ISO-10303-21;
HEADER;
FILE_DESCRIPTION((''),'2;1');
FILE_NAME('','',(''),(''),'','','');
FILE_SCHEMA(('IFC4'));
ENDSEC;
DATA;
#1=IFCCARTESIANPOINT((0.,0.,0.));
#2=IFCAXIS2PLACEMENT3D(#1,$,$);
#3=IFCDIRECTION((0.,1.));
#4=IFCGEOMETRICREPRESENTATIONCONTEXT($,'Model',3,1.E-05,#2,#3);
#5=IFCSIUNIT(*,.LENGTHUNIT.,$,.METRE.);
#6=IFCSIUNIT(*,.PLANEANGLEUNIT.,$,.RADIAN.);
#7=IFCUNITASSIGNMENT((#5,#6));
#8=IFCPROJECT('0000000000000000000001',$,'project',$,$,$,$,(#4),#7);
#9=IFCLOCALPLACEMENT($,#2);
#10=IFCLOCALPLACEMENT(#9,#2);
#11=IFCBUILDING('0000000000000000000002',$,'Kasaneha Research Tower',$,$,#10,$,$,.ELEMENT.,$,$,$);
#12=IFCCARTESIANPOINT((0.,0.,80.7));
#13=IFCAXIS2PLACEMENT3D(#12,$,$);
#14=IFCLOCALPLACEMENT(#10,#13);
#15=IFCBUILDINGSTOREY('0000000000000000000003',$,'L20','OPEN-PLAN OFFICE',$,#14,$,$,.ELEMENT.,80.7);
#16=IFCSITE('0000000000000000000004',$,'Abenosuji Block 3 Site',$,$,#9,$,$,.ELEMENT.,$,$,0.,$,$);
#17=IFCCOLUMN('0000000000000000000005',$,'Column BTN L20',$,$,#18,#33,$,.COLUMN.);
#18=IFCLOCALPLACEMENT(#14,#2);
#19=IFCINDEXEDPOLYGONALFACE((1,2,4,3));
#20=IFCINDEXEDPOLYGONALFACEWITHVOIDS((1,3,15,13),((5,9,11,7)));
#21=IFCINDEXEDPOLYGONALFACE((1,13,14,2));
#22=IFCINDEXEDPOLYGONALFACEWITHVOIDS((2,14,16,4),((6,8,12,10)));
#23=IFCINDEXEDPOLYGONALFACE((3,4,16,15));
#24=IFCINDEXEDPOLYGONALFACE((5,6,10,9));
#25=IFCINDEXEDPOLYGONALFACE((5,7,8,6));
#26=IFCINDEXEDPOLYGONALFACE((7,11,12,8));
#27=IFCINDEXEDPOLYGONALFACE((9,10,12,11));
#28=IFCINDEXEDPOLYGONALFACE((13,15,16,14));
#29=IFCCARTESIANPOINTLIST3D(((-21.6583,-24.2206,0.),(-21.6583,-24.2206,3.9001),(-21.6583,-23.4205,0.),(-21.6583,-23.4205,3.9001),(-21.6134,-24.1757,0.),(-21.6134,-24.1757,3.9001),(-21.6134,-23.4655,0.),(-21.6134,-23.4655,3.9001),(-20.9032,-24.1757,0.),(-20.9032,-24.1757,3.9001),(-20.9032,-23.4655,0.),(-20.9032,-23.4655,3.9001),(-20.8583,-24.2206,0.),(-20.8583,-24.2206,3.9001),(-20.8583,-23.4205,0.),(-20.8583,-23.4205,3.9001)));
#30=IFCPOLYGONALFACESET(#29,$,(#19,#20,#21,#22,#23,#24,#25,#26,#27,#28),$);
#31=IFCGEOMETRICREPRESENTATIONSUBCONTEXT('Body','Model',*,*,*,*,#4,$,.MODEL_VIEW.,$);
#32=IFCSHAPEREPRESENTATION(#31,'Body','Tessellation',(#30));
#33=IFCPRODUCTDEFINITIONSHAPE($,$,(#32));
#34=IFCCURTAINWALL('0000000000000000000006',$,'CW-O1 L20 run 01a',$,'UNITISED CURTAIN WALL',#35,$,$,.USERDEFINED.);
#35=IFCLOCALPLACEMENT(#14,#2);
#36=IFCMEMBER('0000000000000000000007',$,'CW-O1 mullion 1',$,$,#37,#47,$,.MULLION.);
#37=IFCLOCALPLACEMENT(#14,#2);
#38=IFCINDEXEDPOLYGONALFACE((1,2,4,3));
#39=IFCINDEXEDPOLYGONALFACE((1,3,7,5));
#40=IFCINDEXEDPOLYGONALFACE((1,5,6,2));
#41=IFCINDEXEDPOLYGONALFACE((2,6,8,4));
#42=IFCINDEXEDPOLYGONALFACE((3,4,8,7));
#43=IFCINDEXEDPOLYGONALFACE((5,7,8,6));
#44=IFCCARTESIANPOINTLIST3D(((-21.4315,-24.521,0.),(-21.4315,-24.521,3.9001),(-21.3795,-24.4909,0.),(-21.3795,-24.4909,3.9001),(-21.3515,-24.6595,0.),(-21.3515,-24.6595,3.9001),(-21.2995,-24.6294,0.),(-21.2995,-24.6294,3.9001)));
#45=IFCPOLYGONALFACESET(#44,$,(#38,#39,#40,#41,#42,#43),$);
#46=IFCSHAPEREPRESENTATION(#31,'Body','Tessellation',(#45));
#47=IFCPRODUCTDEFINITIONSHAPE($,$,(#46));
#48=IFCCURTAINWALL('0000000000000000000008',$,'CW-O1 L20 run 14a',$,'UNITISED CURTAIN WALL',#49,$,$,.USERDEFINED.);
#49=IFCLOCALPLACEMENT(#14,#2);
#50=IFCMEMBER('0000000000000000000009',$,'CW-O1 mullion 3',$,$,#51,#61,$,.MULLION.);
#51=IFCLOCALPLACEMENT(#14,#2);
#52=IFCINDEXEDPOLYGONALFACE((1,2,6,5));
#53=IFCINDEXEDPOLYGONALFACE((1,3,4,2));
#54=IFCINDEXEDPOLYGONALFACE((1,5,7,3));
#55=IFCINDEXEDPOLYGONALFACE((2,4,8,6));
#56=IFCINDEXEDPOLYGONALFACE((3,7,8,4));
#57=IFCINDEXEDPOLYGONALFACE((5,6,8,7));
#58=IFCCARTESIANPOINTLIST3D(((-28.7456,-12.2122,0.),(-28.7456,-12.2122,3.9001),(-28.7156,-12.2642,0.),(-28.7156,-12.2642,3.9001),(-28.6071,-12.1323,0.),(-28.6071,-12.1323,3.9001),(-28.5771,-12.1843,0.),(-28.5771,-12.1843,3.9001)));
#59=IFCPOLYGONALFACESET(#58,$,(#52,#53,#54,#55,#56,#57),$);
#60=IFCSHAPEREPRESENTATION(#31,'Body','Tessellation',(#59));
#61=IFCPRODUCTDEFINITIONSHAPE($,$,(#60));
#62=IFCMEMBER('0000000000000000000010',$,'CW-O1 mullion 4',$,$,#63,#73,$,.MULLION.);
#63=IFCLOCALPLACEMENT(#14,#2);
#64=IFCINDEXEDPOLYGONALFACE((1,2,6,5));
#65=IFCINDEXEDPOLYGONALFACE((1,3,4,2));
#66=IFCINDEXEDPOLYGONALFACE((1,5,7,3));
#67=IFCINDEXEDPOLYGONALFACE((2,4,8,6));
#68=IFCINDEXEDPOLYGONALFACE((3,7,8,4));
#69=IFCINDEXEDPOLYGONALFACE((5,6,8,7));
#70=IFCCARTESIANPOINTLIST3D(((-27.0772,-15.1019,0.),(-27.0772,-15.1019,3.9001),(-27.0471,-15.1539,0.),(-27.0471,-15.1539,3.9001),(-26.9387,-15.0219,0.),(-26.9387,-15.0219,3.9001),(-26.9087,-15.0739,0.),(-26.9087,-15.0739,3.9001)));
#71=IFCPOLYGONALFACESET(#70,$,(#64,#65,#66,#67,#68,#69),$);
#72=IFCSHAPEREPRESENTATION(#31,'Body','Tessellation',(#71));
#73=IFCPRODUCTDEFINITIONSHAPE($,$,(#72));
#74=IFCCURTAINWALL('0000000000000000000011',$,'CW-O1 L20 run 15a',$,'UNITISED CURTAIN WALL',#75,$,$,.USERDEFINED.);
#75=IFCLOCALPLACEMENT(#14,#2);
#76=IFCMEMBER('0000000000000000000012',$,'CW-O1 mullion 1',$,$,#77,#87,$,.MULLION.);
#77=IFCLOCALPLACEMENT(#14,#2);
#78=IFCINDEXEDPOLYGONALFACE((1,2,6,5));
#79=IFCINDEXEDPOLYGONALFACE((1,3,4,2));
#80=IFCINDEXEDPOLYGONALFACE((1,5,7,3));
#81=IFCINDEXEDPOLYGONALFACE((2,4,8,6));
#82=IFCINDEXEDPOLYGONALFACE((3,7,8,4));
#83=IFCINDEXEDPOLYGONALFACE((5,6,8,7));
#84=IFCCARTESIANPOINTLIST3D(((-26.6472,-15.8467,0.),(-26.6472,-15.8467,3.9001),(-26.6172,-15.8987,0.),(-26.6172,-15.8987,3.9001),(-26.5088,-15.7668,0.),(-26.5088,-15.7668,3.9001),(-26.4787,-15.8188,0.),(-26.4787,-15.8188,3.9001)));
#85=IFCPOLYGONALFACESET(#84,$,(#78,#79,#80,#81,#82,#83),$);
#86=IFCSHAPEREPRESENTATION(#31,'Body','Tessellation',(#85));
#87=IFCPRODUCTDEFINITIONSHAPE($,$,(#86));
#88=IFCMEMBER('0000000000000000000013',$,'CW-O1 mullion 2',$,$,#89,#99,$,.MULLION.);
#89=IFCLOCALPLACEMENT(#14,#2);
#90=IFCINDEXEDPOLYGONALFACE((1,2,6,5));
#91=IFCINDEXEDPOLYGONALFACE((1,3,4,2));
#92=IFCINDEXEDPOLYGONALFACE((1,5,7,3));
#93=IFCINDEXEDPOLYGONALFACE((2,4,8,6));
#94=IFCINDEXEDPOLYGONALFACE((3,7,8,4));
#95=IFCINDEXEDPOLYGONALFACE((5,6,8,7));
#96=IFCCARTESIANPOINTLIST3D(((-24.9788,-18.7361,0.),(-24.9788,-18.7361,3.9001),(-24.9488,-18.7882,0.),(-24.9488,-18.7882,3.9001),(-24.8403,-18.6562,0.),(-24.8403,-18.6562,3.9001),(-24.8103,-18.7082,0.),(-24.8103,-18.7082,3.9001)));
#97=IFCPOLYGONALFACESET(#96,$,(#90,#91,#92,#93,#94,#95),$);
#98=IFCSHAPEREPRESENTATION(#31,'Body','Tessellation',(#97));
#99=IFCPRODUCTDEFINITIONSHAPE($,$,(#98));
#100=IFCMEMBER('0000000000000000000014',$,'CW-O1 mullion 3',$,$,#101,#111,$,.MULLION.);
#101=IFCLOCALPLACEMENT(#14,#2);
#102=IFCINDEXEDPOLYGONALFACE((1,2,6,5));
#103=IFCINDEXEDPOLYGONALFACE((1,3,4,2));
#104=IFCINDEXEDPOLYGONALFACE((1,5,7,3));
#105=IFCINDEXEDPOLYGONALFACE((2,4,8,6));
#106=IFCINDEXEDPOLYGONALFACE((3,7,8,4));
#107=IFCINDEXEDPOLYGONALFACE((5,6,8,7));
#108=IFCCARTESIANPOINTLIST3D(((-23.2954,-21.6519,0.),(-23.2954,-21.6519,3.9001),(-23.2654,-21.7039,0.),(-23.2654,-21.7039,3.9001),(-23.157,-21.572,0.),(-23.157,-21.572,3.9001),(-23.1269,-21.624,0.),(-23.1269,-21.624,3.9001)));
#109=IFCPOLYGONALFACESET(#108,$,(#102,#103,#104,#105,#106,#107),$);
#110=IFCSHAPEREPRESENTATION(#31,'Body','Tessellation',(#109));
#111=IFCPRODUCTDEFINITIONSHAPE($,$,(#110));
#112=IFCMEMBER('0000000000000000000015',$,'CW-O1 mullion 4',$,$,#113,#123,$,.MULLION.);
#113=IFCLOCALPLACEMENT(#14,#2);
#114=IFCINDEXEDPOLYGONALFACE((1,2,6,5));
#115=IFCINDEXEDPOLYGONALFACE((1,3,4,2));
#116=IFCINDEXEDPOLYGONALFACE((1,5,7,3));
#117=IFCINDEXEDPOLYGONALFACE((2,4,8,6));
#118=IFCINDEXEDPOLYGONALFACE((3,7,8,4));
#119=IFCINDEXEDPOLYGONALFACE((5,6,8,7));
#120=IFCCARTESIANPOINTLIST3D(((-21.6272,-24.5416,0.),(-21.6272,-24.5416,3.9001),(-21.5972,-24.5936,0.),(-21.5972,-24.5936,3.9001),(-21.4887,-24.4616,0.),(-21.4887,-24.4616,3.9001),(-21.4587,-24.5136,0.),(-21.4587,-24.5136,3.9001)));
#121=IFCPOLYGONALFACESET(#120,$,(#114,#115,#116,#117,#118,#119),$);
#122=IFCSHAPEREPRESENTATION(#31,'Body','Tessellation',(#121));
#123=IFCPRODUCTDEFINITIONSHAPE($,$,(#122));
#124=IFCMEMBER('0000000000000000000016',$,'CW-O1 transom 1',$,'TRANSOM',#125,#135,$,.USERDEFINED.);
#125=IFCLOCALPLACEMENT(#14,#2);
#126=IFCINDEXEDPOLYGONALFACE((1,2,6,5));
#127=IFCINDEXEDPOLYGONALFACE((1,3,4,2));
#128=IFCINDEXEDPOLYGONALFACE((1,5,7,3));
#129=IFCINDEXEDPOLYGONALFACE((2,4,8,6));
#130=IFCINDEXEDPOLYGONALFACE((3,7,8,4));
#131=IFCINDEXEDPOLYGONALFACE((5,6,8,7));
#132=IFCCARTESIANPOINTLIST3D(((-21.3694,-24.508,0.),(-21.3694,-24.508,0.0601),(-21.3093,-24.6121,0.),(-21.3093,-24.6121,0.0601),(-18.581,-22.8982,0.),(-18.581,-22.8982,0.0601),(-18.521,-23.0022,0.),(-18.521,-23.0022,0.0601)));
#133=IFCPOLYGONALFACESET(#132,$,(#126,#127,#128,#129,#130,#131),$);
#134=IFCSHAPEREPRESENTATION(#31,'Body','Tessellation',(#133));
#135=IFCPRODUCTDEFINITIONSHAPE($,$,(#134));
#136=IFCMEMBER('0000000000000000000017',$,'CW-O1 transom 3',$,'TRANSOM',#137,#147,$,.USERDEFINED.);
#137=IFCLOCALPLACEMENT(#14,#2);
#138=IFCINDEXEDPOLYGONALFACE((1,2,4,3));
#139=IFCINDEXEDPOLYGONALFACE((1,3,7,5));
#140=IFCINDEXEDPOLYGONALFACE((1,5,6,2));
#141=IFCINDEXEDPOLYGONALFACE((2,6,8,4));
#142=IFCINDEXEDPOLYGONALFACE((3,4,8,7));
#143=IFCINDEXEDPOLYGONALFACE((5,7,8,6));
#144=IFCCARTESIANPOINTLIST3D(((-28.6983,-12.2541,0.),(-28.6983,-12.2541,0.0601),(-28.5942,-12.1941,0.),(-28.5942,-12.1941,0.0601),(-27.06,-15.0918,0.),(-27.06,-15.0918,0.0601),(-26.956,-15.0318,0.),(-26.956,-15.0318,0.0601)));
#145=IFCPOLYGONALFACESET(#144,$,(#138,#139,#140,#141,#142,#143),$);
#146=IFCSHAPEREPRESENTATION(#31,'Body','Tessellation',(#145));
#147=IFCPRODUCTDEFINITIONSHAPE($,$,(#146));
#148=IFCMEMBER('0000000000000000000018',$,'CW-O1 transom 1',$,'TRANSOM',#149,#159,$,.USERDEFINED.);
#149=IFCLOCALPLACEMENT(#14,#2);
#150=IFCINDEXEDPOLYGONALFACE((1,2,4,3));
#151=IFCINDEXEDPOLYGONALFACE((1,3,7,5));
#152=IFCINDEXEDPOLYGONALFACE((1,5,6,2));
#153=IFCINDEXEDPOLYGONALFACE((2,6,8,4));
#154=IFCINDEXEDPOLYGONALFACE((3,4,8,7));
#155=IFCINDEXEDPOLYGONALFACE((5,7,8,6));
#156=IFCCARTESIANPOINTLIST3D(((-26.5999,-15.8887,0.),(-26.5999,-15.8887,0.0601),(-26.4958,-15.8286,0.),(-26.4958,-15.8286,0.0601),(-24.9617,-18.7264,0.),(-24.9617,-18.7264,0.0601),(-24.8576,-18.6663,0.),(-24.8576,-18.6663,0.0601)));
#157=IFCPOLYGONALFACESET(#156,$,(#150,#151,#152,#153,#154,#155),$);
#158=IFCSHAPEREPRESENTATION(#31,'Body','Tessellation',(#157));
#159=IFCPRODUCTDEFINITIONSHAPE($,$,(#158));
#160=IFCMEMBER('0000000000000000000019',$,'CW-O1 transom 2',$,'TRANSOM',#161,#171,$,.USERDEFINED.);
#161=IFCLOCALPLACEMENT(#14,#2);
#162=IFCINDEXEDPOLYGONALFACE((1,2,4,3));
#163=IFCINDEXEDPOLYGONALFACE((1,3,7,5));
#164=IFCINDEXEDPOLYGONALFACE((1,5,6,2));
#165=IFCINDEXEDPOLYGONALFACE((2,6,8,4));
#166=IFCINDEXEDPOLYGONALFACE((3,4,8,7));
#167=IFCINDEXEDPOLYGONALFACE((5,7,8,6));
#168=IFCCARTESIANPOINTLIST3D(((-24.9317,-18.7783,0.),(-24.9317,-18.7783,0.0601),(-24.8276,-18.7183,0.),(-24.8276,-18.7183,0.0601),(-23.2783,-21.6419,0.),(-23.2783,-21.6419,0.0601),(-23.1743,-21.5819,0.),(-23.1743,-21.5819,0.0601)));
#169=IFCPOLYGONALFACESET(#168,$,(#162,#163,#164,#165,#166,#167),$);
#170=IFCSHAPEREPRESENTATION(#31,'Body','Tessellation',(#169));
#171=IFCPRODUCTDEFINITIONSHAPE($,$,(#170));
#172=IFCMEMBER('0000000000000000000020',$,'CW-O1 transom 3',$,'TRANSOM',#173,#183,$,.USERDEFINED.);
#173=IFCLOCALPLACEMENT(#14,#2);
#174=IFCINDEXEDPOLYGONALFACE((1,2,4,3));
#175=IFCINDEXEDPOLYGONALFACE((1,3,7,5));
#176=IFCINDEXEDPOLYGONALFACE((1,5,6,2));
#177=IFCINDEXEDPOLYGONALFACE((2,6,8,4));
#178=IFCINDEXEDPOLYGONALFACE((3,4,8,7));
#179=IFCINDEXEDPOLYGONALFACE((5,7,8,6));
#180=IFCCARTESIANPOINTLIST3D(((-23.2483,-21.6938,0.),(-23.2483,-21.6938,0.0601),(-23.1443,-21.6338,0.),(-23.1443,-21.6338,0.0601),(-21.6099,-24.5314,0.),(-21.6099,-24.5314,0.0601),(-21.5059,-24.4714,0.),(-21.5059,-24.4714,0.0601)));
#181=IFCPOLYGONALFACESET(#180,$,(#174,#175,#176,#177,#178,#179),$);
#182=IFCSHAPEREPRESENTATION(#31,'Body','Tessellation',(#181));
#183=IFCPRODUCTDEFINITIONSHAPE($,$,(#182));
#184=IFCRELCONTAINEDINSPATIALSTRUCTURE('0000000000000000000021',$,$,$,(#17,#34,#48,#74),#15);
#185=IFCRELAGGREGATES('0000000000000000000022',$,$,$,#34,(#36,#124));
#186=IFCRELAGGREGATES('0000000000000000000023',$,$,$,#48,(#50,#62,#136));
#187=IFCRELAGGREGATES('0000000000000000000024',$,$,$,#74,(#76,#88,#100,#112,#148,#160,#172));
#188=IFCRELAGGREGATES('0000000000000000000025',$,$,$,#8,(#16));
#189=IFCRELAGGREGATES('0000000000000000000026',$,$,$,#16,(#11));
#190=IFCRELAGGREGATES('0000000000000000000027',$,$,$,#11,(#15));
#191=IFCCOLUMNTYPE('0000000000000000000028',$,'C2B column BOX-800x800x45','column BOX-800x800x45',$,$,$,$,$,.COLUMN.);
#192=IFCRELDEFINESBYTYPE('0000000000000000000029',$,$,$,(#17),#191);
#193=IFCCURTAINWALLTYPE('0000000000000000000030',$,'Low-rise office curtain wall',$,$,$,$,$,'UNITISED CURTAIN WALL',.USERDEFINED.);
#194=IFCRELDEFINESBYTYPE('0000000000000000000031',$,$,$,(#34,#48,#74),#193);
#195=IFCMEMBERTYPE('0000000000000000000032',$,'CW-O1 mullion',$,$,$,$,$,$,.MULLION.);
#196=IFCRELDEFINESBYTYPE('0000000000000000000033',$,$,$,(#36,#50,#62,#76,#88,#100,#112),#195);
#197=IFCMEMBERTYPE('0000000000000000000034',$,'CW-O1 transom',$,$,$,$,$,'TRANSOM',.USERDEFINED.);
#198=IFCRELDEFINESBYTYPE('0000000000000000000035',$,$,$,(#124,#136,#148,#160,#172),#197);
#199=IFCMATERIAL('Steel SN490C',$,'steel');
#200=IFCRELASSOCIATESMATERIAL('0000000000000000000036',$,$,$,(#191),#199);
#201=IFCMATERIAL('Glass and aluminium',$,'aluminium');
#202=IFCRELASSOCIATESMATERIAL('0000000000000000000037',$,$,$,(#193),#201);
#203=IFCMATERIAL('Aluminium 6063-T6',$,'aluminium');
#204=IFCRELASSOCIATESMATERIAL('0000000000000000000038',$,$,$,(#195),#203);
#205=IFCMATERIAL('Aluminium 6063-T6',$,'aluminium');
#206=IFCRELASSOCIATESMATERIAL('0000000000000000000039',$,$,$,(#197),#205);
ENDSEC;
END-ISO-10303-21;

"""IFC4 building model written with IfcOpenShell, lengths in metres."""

from ifc_helpers import new_model, si_unit, direction, frame, origin, origin_2d, place, context, subcontext, project, spatial, rectangle, hollow_rectangle, extrude, material, material_profile, profile_set, type_object, element, aggregate, save


model = new_model("IFC4")

# Units and contexts
model_context = context("Model", 3, precision=1e-05, world=origin(), true_north=direction((0.0, 1.0)))
body_context = subcontext(model_context, "Body", "Model", "MODEL_VIEW")
ifc_project = project(units=[si_unit("LENGTHUNIT", "METRE"), si_unit("PLANEANGLEUNIT", "RADIAN")], contexts=[model_context])

# Site, building, storey
site_placement = place(None, origin())
site = spatial("IfcSite", under=ifc_project, at=site_placement, Name="Abenosuji Block 3 Site", CompositionType="ELEMENT", RefElevation=0.0)
building_placement = place(site_placement, origin())
building = spatial("IfcBuilding", under=site, at=building_placement, Name="Kasaneha Research Tower", CompositionType="ELEMENT")
storey_placement = place(building_placement, frame((0.0, 0.0, 80.7)))
storey = spatial("IfcBuildingStorey", under=building, at=storey_placement, Name="L20", Description="OPEN-PLAN OFFICE", CompositionType="ELEMENT", Elevation=80.7)

# Column
ifc_material_1 = material(Name="Steel SN490C", Category="steel")
ifc_material_profile_1 = material_profile(ifc_material_1, hollow_rectangle(XDim=0.8, YDim=0.8, WallThickness=0.0449, at=origin_2d()), Name="BOX-800x800x45")
ifc_profile_set_1 = profile_set([ifc_material_profile_1], Name="Steel SN490C")
column_type = type_object("IfcColumnType", Name="C2B column BOX-800x800x45", Description="column BOX-800x800x45", PredefinedType="COLUMN", material=ifc_profile_set_1)
column_placement = place(storey_placement, frame((-21.2583, -23.8206, 0.0), z_axis=(0.0, 0.0, 1.0), x_axis=(1.0, 0.0, 0.0)))
element("IfcColumn", 1, at=column_placement, inside=storey, type_object=column_type, Name="Column BTN L20", PredefinedType="COLUMN", context=body_context, shape_type="SweptSolid", body=[
    extrude(hollow_rectangle(XDim=0.8, YDim=0.8, WallThickness=0.0449, at=origin_2d()), origin(), (0.0, 0.0, 1.0), 3.9001),
])

# Curtain wall, member
ifc_material_2 = material(Name="Glass and aluminium", Category="aluminium")
curtain_wall_type = type_object("IfcCurtainWallType", Name="Low-rise office curtain wall", ElementType="UNITISED CURTAIN WALL", PredefinedType="USERDEFINED", material=ifc_material_2)
curtain_wall_1_placement = place(storey_placement, origin())
curtain_wall_1 = element("IfcCurtainWall", 2, at=curtain_wall_1_placement, inside=storey, type_object=curtain_wall_type, Name="CW-O1 L20 run 01a", ObjectType="UNITISED CURTAIN WALL", PredefinedType="USERDEFINED")
ifc_material_3 = material(Name="Aluminium 6063-T6", Category="aluminium")
ifc_material_profile_2 = material_profile(ifc_material_3, rectangle(XDim=0.0601, YDim=0.1599, at=origin_2d()), Name="CW-O1 mullion 60x160")
ifc_profile_set_2 = profile_set([ifc_material_profile_2], Name="Aluminium 6063-T6")
member_type_1 = type_object("IfcMemberType", Name="CW-O1 mullion", PredefinedType="MULLION", material=ifc_profile_set_2)
member_1_placement = place(storey_placement, frame((-21.3655, -24.5752, 0.0), z_axis=(0.0, 0.0, 1.0), x_axis=(0.866025, 0.5, 0.0)))
member_1 = element("IfcMember", 3, at=member_1_placement, type_object=member_type_1, Name="CW-O1 mullion 1", PredefinedType="MULLION", context=body_context, shape_type="SweptSolid", body=[
    extrude(rectangle(XDim=0.0601, YDim=0.1599, at=origin_2d()), origin(), (0.0, 0.0, 1.0), 3.9001),
])

# Curtain walls, members
curtain_wall_2_placement = place(storey_placement, origin())
curtain_wall_2 = element("IfcCurtainWall", 4, at=curtain_wall_2_placement, inside=storey, type_object=curtain_wall_type, Name="CW-O1 L20 run 14a", ObjectType="UNITISED CURTAIN WALL", PredefinedType="USERDEFINED")
member_2_placement = place(storey_placement, frame((-28.6614, -12.1982, 0.0), z_axis=(0.0, 0.0, 1.0), x_axis=(0.5, -0.866025, 0.0)))
member_2 = element("IfcMember", 5, at=member_2_placement, type_object=member_type_1, Name="CW-O1 mullion 3", PredefinedType="MULLION", context=body_context, shape_type="SweptSolid", body=[
    extrude(rectangle(XDim=0.0601, YDim=0.1599, at=origin_2d()), origin(), (0.0, 0.0, 1.0), 3.9001),
])
member_3_placement = place(storey_placement, frame((-26.9929, -15.0879, 0.0), z_axis=(0.0, 0.0, 1.0), x_axis=(0.5, -0.866025, 0.0)))
member_3 = element("IfcMember", 6, at=member_3_placement, type_object=member_type_1, Name="CW-O1 mullion 4", PredefinedType="MULLION", context=body_context, shape_type="SweptSolid", body=[
    extrude(rectangle(XDim=0.0601, YDim=0.1599, at=origin_2d()), origin(), (0.0, 0.0, 1.0), 3.9001),
])
curtain_wall_3_placement = place(storey_placement, origin())
curtain_wall_3 = element("IfcCurtainWall", 7, at=curtain_wall_3_placement, inside=storey, type_object=curtain_wall_type, Name="CW-O1 L20 run 15a", ObjectType="UNITISED CURTAIN WALL", PredefinedType="USERDEFINED")
member_4_placement = place(storey_placement, frame((-26.563, -15.8328, 0.0), z_axis=(0.0, 0.0, 1.0), x_axis=(0.5, -0.866025, 0.0)))
member_4 = element("IfcMember", 8, at=member_4_placement, type_object=member_type_1, Name="CW-O1 mullion 1", PredefinedType="MULLION", context=body_context, shape_type="SweptSolid", body=[
    extrude(rectangle(XDim=0.0601, YDim=0.1599, at=origin_2d()), origin(), (0.0, 0.0, 1.0), 3.9001),
])
member_5_placement = place(storey_placement, frame((-24.8945, -18.7222, 0.0), z_axis=(0.0, 0.0, 1.0), x_axis=(0.5, -0.866025, 0.0)))
member_5 = element("IfcMember", 9, at=member_5_placement, type_object=member_type_1, Name="CW-O1 mullion 2", PredefinedType="MULLION", context=body_context, shape_type="SweptSolid", body=[
    extrude(rectangle(XDim=0.0601, YDim=0.1599, at=origin_2d()), origin(), (0.0, 0.0, 1.0), 3.9001),
])
member_6_placement = place(storey_placement, frame((-23.2112, -21.6379, 0.0), z_axis=(0.0, 0.0, 1.0), x_axis=(0.5, -0.866025, 0.0)))
member_6 = element("IfcMember", 10, at=member_6_placement, type_object=member_type_1, Name="CW-O1 mullion 3", PredefinedType="MULLION", context=body_context, shape_type="SweptSolid", body=[
    extrude(rectangle(XDim=0.0601, YDim=0.1599, at=origin_2d()), origin(), (0.0, 0.0, 1.0), 3.9001),
])
member_7_placement = place(storey_placement, frame((-21.543, -24.5276, 0.0), z_axis=(0.0, 0.0, 1.0), x_axis=(0.5, -0.866025, 0.0)))
member_7 = element("IfcMember", 11, at=member_7_placement, type_object=member_type_1, Name="CW-O1 mullion 4", PredefinedType="MULLION", context=body_context, shape_type="SweptSolid", body=[
    extrude(rectangle(XDim=0.0601, YDim=0.1599, at=origin_2d()), origin(), (0.0, 0.0, 1.0), 3.9001),
])

# Members
ifc_material_4 = material(Name="Aluminium 6063-T6", Category="aluminium")
ifc_material_profile_3 = material_profile(ifc_material_4, rectangle(XDim=0.1201, YDim=0.0601, at=origin_2d()), Name="CW-O1 transom 120x60")
ifc_profile_set_3 = profile_set([ifc_material_profile_3], Name="Aluminium 6063-T6")
member_type_2 = type_object("IfcMemberType", Name="CW-O1 transom", ElementType="TRANSOM", PredefinedType="USERDEFINED", material=ifc_profile_set_3)
member_8_placement = place(storey_placement, frame((-21.3394, -24.5601, 0.03), z_axis=(0.866023, 0.500005, 0.0), x_axis=(-0.500005, 0.866023, 0.0)))
member_8 = element("IfcMember", 12, at=member_8_placement, type_object=member_type_2, Name="CW-O1 transom 1", ObjectType="TRANSOM", PredefinedType="USERDEFINED", context=body_context, shape_type="SweptSolid", body=[
    extrude(rectangle(XDim=0.1201, YDim=0.0601, at=origin_2d()), origin(), (0.0, 0.0, 1.0), 3.2197),
])
member_9_placement = place(storey_placement, frame((-28.6462, -12.2241, 0.03), z_axis=(0.49997, -0.866043, 0.0), x_axis=(0.866043, 0.49997, 0.0)))
member_9 = element("IfcMember", 13, at=member_9_placement, type_object=member_type_2, Name="CW-O1 transom 3", ObjectType="TRANSOM", PredefinedType="USERDEFINED", context=body_context, shape_type="SweptSolid", body=[
    extrude(rectangle(XDim=0.1201, YDim=0.0601, at=origin_2d()), origin(), (0.0, 0.0, 1.0), 3.2766),
])
member_10_placement = place(storey_placement, frame((-26.5479, -15.8586, 0.03), z_axis=(0.49997, -0.866043, 0.0), x_axis=(0.866043, 0.49997, 0.0)))
member_10 = element("IfcMember", 14, at=member_10_placement, type_object=member_type_2, Name="CW-O1 transom 1", ObjectType="TRANSOM", PredefinedType="USERDEFINED", context=body_context, shape_type="SweptSolid", body=[
    extrude(rectangle(XDim=0.1201, YDim=0.0601, at=origin_2d()), origin(), (0.0, 0.0, 1.0), 3.2766),
])
member_11_placement = place(storey_placement, frame((-24.8796, -18.7483, 0.03), z_axis=(0.500014, -0.866017, 0.0), x_axis=(0.866017, 0.500014, 0.0)))
member_11 = element("IfcMember", 15, at=member_11_placement, type_object=member_type_2, Name="CW-O1 transom 2", ObjectType="TRANSOM", PredefinedType="USERDEFINED", context=body_context, shape_type="SweptSolid", body=[
    extrude(rectangle(XDim=0.1201, YDim=0.0601, at=origin_2d()), origin(), (0.0, 0.0, 1.0), 3.3066),
])
member_12_placement = place(storey_placement, frame((-23.1963, -21.6638, 0.03), z_axis=(0.500026, -0.866011, 0.0), x_axis=(0.866011, 0.500026, 0.0)))
member_12 = element("IfcMember", 16, at=member_12_placement, type_object=member_type_2, Name="CW-O1 transom 3", ObjectType="TRANSOM", PredefinedType="USERDEFINED", context=body_context, shape_type="SweptSolid", body=[
    extrude(rectangle(XDim=0.1201, YDim=0.0601, at=origin_2d()), origin(), (0.0, 0.0, 1.0), 3.2766),
])

aggregate(curtain_wall_1, [member_1, member_8])
aggregate(curtain_wall_2, [member_2, member_3, member_9])
aggregate(curtain_wall_3, [member_4, member_5, member_6, member_7, member_10, member_11, member_12])

save(model, "model.ifc")
